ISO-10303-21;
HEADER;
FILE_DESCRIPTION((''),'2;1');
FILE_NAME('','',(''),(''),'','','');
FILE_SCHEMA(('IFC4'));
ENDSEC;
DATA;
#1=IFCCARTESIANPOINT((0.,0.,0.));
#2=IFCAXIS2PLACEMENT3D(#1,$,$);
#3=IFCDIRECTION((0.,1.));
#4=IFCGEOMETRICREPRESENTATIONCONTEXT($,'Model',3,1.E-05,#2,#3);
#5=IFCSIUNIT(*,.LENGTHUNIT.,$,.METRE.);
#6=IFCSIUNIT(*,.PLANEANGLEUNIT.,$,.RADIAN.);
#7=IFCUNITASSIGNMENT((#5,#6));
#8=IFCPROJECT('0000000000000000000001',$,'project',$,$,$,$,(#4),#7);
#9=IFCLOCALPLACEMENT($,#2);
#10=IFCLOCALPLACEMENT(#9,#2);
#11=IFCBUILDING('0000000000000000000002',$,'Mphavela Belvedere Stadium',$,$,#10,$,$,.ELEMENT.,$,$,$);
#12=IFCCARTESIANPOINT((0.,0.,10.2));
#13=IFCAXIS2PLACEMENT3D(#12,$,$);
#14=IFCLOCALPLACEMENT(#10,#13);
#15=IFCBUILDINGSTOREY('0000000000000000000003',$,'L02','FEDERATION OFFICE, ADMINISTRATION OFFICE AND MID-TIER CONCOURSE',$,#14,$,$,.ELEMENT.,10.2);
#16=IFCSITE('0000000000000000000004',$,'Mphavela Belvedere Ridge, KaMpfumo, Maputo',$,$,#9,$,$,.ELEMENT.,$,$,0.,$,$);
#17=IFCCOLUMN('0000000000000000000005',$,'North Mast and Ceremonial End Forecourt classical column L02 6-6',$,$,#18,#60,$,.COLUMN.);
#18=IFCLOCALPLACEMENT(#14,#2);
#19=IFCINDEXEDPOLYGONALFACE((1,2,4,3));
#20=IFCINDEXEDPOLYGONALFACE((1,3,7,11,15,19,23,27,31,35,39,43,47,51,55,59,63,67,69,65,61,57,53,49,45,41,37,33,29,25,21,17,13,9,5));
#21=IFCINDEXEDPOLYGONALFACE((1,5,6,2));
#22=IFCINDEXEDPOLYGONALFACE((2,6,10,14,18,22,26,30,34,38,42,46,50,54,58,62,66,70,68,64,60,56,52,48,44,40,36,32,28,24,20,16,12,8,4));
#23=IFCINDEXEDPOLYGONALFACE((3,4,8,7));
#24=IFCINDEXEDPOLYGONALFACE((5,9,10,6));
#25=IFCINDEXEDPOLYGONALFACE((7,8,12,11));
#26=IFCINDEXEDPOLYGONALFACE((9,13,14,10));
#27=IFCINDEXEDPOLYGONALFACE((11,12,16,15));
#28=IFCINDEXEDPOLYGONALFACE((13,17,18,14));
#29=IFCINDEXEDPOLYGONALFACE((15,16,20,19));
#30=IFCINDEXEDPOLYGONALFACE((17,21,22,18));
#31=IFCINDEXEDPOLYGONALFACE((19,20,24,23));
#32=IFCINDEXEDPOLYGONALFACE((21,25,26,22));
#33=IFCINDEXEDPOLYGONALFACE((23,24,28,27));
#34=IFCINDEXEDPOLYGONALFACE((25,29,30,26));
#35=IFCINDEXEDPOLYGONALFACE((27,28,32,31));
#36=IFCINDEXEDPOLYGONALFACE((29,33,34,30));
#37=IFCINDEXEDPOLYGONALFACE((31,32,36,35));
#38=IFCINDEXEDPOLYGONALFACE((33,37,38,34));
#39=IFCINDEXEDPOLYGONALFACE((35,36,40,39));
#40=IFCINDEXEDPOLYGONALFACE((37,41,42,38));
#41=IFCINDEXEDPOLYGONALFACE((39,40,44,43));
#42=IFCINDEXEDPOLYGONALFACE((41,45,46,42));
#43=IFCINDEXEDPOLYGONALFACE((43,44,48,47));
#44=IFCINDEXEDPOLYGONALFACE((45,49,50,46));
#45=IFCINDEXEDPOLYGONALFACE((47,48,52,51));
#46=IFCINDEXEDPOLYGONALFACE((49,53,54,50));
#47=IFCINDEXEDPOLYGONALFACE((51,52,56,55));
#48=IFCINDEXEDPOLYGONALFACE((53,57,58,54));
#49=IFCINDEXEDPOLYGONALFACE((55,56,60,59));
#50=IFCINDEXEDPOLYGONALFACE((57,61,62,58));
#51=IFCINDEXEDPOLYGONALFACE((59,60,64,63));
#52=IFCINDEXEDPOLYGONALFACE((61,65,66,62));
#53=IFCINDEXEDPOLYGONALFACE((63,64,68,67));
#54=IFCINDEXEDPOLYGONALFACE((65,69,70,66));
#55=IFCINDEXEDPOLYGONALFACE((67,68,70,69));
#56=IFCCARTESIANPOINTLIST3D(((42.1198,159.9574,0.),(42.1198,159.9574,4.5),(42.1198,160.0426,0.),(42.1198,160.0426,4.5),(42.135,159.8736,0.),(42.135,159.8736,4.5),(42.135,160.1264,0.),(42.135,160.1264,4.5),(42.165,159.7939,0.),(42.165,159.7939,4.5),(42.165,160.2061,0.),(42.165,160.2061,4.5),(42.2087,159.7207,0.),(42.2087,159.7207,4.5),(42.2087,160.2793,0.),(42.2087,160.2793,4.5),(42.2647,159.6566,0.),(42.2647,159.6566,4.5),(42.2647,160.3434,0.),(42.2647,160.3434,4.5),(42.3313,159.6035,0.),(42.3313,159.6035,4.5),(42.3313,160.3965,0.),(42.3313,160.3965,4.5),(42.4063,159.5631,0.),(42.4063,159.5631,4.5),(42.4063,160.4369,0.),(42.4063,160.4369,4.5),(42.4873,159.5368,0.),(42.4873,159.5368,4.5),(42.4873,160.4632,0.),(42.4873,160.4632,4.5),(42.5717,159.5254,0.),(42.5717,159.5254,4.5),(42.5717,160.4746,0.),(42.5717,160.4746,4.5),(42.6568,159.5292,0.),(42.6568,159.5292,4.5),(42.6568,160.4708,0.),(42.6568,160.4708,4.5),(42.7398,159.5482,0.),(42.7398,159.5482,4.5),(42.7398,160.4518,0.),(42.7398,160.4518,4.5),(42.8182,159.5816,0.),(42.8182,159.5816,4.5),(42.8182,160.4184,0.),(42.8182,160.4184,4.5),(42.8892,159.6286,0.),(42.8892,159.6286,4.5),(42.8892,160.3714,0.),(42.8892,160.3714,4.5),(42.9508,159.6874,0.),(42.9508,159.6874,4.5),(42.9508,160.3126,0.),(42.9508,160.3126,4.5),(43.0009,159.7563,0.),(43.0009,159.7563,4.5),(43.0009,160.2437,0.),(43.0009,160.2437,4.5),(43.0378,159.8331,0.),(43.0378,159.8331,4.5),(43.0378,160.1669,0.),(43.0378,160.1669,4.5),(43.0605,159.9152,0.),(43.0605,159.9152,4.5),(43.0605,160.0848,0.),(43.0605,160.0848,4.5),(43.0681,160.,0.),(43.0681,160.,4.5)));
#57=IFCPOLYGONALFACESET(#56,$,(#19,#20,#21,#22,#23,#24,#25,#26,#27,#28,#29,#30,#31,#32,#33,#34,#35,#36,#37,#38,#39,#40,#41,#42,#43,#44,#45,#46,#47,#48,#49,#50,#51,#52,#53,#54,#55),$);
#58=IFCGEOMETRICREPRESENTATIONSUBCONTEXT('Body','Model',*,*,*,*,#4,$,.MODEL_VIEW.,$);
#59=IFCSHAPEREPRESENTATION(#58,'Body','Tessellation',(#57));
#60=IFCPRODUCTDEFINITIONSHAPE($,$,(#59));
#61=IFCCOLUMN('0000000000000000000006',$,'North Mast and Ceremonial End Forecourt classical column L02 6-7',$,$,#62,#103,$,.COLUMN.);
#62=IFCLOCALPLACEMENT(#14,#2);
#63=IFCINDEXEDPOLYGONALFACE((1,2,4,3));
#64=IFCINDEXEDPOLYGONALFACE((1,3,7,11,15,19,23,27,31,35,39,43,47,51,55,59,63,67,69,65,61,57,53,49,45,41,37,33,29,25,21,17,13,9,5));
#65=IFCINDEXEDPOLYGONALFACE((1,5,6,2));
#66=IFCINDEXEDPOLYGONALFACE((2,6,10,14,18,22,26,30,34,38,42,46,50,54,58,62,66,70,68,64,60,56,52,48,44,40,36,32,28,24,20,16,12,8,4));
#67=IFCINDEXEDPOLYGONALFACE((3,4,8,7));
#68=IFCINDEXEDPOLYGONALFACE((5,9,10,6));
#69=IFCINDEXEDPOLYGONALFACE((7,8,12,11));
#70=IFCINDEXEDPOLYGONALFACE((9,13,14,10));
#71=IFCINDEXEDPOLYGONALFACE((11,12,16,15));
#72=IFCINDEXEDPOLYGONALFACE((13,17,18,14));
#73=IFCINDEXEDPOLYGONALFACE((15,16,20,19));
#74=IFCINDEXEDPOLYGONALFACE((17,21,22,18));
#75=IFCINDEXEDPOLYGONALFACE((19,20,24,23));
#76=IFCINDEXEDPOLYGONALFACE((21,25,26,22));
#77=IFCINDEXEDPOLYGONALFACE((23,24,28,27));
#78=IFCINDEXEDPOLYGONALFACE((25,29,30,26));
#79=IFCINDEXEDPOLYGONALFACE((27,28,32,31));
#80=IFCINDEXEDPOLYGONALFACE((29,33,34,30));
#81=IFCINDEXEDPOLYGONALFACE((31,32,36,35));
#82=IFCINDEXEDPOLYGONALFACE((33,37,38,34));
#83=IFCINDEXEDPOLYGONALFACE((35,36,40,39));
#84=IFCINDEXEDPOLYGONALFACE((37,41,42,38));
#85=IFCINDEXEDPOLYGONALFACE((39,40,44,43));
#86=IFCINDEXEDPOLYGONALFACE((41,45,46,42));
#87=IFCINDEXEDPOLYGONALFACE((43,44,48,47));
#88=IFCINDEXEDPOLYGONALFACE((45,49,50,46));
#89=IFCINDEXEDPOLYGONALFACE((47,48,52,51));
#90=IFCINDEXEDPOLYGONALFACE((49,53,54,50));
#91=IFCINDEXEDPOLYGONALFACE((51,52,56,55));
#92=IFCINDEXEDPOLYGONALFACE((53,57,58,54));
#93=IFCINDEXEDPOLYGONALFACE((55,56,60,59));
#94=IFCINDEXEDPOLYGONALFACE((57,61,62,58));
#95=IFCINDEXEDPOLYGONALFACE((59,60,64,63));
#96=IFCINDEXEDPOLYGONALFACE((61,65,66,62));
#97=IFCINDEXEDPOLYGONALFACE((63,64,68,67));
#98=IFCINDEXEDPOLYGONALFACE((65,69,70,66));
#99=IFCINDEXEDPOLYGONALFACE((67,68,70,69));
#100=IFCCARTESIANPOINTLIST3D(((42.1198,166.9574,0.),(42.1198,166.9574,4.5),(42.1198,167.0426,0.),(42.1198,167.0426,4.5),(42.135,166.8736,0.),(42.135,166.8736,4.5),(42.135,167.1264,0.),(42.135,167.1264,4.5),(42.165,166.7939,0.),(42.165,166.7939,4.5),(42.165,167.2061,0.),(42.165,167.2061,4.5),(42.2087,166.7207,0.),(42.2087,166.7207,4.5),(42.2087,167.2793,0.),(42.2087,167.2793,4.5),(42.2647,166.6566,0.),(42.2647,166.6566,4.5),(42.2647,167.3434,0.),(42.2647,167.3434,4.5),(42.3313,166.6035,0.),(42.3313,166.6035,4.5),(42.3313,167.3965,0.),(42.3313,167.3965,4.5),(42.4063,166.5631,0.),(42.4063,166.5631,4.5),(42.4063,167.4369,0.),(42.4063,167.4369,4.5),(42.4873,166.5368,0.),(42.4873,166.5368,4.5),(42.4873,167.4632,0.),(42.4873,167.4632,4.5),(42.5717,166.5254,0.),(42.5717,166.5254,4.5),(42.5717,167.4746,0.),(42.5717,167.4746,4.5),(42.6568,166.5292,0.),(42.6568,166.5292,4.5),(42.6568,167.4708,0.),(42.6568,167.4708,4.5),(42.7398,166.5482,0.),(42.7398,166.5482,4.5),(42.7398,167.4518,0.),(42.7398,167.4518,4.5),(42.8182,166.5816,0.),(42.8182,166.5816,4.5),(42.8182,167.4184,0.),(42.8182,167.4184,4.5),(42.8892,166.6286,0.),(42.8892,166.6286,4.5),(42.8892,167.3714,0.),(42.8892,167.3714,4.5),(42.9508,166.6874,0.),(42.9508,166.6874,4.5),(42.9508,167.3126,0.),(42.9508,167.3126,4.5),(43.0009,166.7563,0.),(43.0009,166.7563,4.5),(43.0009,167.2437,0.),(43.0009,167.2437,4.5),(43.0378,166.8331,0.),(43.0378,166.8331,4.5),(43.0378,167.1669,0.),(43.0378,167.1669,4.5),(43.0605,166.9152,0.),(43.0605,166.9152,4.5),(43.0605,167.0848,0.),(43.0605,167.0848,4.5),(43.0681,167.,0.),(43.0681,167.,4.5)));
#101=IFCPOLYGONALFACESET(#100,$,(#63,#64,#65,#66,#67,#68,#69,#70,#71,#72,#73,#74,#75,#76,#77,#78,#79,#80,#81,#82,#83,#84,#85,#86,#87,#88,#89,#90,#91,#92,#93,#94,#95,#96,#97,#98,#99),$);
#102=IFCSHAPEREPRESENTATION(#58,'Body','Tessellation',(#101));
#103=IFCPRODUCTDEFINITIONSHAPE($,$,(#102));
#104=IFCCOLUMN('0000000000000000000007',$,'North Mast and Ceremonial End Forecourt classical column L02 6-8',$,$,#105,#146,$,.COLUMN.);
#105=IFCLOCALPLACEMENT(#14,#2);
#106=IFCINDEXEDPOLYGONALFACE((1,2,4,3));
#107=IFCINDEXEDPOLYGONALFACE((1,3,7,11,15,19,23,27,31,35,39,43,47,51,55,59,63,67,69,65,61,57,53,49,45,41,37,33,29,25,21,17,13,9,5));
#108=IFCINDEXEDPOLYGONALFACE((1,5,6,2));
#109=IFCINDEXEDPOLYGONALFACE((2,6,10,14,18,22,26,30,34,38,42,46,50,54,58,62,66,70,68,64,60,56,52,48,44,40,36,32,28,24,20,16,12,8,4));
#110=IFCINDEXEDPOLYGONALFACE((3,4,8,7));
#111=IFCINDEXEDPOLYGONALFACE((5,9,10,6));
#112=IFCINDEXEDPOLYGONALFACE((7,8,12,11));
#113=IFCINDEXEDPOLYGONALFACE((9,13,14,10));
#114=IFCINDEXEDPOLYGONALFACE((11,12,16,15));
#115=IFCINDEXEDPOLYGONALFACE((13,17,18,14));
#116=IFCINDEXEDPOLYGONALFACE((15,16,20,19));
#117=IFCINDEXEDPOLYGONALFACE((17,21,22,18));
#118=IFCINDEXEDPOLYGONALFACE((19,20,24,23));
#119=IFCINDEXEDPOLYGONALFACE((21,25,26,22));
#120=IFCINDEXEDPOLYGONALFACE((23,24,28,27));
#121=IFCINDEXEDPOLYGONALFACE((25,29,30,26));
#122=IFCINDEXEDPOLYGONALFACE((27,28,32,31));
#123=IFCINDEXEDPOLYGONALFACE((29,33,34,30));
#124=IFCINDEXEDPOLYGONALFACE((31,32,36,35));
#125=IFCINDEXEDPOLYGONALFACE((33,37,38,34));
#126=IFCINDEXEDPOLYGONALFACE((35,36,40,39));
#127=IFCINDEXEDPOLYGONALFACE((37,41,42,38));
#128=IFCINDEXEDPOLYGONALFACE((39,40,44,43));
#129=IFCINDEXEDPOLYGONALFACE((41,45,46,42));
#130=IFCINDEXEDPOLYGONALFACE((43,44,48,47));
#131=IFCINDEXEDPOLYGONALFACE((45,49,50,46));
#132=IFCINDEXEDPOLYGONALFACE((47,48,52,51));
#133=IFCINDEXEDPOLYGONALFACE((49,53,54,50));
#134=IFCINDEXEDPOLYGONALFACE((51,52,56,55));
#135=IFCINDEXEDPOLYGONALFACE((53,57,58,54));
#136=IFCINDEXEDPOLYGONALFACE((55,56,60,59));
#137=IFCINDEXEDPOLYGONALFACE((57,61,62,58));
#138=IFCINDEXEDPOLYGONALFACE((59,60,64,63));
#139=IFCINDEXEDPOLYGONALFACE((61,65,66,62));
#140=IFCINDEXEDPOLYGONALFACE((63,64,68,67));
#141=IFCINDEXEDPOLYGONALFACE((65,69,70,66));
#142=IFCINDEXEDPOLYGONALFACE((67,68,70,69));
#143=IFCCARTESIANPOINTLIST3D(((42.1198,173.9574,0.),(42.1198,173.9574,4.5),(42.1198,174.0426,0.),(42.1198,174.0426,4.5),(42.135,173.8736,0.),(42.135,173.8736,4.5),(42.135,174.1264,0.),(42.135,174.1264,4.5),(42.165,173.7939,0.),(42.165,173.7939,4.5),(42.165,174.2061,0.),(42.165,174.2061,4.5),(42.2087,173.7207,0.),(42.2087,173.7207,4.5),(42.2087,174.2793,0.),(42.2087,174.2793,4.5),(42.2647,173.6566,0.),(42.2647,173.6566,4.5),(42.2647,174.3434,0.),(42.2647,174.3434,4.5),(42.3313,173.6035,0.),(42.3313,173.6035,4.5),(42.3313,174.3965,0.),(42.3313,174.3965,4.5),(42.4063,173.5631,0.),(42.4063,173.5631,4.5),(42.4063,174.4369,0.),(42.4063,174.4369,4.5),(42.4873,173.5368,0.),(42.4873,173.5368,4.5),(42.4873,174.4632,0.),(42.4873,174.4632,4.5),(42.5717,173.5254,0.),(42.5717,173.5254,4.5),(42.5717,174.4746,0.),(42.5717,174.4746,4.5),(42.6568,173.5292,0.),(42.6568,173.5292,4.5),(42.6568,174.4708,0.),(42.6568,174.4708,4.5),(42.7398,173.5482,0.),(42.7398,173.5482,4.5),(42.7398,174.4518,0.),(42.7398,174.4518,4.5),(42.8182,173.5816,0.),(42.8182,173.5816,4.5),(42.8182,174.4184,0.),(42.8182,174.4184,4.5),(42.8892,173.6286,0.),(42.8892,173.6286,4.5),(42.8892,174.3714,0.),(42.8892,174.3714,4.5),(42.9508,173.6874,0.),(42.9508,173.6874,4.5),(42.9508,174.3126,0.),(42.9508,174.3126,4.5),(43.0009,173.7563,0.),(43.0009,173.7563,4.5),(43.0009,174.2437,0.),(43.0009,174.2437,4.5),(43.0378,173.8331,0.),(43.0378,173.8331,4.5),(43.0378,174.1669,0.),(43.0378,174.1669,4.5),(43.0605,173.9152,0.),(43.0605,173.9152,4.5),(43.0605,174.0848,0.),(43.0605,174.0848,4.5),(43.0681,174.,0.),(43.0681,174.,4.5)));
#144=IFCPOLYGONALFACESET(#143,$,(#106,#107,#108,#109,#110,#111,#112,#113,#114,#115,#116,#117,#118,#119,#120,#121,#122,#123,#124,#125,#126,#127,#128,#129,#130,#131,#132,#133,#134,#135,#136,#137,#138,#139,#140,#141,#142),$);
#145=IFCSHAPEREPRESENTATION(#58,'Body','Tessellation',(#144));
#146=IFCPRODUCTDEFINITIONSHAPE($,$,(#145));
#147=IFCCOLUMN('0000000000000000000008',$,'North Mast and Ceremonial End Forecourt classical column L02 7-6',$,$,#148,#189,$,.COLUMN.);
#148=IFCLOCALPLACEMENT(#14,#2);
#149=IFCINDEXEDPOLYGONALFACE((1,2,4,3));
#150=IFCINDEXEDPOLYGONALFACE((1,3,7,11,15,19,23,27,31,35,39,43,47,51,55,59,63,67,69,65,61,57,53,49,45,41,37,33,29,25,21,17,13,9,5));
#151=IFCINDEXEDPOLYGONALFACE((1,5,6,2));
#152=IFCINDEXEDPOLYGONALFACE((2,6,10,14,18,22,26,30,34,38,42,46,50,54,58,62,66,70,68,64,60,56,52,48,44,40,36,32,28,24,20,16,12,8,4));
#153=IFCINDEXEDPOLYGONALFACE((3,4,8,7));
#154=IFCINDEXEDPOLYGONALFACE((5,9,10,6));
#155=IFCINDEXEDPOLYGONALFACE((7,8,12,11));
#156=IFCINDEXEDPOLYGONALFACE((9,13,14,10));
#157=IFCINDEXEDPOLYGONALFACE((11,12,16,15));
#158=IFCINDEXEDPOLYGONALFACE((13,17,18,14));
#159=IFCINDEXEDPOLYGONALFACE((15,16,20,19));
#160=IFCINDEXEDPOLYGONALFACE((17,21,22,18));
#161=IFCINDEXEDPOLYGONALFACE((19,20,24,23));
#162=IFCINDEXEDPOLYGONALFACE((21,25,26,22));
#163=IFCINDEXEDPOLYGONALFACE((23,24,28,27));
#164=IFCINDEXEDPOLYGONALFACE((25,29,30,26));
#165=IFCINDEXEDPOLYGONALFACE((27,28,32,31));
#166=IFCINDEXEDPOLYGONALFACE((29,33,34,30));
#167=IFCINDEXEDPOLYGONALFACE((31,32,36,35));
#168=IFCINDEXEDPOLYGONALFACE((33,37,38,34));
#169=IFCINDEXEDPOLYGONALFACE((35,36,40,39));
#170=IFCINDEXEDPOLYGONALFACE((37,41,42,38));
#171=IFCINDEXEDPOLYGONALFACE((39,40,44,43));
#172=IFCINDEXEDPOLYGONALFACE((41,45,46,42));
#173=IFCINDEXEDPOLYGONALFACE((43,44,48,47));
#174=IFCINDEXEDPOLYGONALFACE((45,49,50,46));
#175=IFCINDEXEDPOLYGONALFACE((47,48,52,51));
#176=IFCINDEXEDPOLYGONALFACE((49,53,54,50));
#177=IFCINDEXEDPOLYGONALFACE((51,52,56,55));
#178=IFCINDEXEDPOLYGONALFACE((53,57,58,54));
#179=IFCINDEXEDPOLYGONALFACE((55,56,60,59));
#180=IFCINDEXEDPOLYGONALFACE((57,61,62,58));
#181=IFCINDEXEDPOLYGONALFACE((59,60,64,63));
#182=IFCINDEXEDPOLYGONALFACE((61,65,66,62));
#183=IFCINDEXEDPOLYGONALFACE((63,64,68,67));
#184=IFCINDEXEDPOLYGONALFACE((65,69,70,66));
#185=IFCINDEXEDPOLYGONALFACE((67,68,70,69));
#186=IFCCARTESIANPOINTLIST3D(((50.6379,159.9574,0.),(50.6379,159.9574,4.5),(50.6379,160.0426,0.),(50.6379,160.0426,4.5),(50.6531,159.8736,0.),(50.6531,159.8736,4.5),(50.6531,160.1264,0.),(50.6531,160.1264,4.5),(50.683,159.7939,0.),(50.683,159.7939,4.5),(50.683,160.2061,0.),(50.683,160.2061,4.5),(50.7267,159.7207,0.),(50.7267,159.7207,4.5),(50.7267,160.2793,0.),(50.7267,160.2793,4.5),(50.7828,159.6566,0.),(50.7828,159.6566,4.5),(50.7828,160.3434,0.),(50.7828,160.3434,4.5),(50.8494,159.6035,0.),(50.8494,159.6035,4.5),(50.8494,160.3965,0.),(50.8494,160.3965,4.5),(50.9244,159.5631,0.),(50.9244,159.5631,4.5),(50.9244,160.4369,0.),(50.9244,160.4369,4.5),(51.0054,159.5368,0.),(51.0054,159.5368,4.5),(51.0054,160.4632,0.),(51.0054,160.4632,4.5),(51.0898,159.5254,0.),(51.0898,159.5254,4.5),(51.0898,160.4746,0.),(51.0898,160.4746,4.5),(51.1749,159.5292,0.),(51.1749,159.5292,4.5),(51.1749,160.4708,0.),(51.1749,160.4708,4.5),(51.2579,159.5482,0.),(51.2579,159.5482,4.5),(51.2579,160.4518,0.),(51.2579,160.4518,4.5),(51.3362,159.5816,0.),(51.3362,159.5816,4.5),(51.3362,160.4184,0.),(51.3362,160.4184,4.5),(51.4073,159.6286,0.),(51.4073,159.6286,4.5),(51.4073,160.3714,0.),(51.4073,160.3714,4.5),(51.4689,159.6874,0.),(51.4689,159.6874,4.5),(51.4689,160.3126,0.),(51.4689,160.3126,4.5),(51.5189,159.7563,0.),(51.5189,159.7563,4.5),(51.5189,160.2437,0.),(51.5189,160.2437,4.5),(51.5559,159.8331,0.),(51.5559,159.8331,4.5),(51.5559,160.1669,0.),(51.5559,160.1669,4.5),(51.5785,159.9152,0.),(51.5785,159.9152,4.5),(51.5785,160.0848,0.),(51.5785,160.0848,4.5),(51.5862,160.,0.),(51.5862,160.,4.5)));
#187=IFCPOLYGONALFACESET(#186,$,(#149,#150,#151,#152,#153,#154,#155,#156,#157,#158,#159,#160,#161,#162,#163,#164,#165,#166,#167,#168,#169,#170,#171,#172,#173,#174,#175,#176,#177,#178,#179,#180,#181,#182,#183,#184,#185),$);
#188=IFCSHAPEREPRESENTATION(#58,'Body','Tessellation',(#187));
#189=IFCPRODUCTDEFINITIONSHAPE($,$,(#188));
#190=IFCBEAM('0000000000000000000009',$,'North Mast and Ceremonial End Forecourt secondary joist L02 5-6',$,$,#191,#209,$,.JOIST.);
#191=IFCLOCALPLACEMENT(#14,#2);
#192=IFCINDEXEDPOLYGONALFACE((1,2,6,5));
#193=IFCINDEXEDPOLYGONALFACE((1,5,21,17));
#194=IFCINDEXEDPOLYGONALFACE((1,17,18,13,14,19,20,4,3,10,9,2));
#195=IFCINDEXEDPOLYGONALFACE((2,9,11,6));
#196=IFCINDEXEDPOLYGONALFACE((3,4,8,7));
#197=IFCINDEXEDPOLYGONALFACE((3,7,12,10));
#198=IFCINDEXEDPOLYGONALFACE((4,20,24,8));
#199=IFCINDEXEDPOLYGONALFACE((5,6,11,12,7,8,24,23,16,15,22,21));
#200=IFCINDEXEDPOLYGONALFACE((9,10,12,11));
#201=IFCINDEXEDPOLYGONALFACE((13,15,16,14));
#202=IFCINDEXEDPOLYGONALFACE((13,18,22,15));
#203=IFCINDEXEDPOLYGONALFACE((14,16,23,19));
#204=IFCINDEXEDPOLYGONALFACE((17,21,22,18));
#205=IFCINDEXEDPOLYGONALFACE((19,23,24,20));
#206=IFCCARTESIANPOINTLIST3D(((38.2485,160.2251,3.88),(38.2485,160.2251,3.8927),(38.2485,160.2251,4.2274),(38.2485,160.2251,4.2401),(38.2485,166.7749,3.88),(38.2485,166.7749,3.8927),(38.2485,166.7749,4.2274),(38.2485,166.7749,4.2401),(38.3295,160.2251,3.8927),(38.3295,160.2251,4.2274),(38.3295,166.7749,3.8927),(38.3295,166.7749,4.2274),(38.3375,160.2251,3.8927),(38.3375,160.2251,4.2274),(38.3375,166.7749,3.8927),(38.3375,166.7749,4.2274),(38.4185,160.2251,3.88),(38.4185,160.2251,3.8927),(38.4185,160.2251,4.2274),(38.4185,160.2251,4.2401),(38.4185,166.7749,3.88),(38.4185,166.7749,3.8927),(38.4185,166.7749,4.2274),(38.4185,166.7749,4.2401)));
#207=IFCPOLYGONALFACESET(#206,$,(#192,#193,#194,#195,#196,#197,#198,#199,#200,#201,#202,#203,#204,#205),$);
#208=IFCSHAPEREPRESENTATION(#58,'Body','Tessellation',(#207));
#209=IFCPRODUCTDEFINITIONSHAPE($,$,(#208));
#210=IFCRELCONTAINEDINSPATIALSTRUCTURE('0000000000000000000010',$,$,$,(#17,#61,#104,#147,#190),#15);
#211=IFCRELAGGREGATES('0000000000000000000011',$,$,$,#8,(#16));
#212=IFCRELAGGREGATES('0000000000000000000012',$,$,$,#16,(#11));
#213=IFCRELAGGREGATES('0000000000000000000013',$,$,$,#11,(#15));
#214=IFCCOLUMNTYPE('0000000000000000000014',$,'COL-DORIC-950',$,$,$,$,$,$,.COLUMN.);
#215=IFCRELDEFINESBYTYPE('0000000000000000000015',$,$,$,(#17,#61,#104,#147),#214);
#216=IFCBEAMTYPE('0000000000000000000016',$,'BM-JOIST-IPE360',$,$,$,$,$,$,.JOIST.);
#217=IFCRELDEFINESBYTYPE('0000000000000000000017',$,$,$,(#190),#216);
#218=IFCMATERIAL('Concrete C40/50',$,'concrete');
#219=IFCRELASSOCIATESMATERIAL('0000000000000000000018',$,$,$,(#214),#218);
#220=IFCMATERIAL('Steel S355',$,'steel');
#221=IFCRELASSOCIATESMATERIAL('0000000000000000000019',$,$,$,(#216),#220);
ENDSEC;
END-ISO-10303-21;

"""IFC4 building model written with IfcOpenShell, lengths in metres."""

from ifc_helpers import new_model, si_unit, direction, frame, origin, origin_2d, place, context, subcontext, project, spatial, circle, i_section, extrude, material, material_profile, profile_set, type_object, element, save


model = new_model("IFC4")

# Units and contexts
model_context = context("Model", 3, precision=1e-05, world=origin(), true_north=direction((0.0, 1.0)))
body_context = subcontext(model_context, "Body", "Model", "MODEL_VIEW")
ifc_project = project(units=[si_unit("LENGTHUNIT", "METRE"), si_unit("PLANEANGLEUNIT", "RADIAN")], contexts=[model_context])

# Site, building, storey
site_placement = place(None, origin())
site = spatial("IfcSite", under=ifc_project, at=site_placement, Name="Mphavela Belvedere Ridge, KaMpfumo, Maputo", CompositionType="ELEMENT", RefElevation=0.0)
building_placement = place(site_placement, origin())
building = spatial("IfcBuilding", under=site, at=building_placement, Name="Mphavela Belvedere Stadium", CompositionType="ELEMENT")
storey_placement = place(building_placement, frame((0.0, 0.0, 10.2)))
storey = spatial("IfcBuildingStorey", under=building, at=storey_placement, Name="L02", Description="FEDERATION OFFICE, ADMINISTRATION OFFICE AND MID-TIER CONCOURSE", CompositionType="ELEMENT", Elevation=10.2)

# Columns
ifc_material_1 = material(Name="Concrete C40/50", Category="concrete")
ifc_material_profile_1 = material_profile(ifc_material_1, circle(Radius=0.4751, at=origin_2d()), Name="COL D950")
ifc_profile_set_1 = profile_set([ifc_material_profile_1], Name="Concrete C40/50")
column_type = type_object("IfcColumnType", Name="COL-DORIC-950", PredefinedType="COLUMN", material=ifc_profile_set_1)
for number, where, z_axis, x_axis, name in (
    (1, (42.593, 160.0, 0.0), (0.0, 0.0, 1.0), (1.0, 0.0, 0.0), "North Mast and Ceremonial End Forecourt classical column L02 6-6"),
    (2, (42.593, 167.0, 0.0), (0.0, 0.0, 1.0), (1.0, 0.0, 0.0), "North Mast and Ceremonial End Forecourt classical column L02 6-7"),
    (3, (42.593, 174.0, 0.0), (0.0, 0.0, 1.0), (1.0, 0.0, 0.0), "North Mast and Ceremonial End Forecourt classical column L02 6-8"),
    (4, (51.1111, 160.0, 0.0), (0.0, 0.0, 1.0), (1.0, 0.0, 0.0), "North Mast and Ceremonial End Forecourt classical column L02 7-6"),
):
    element("IfcColumn", number, at=place(storey_placement, frame(where, z_axis=z_axis, x_axis=x_axis)), inside=storey, type_object=column_type, Name=name, PredefinedType="COLUMN", context=body_context, shape_type="SweptSolid", body=[
        extrude(circle(Radius=0.4751, at=origin_2d()), origin(), (0.0, 0.0, 1.0), 4.5),
    ])

# Beam
ifc_material_2 = material(Name="Steel S355", Category="steel")
ifc_material_profile_2 = material_profile(ifc_material_2, i_section(OverallWidth=0.1699, OverallDepth=0.3601, WebThickness=0.0081, FlangeThickness=0.0127, at=origin_2d()), Name="IPE 360")
ifc_profile_set_2 = profile_set([ifc_material_profile_2], Name="Steel S355")
beam_type_1 = type_object("IfcBeamType", Name="BM-JOIST-IPE360", PredefinedType="JOIST", material=ifc_profile_set_2)
for number, where, z_axis, x_axis, name in (
    (5, (38.3335, 160.2251, 4.0601), (0.0, 1.0, 0.0), (-1.0, 0.0, 0.0), "North Mast and Ceremonial End Forecourt secondary joist L02 5-6"),
):
    element("IfcBeam", number, at=place(storey_placement, frame(where, z_axis=z_axis, x_axis=x_axis)), inside=storey, type_object=beam_type_1, Name=name, PredefinedType="JOIST", context=body_context, shape_type="SweptSolid", body=[
        extrude(i_section(OverallWidth=0.1699, OverallDepth=0.3601, WebThickness=0.0081, FlangeThickness=0.0127, at=origin_2d()), origin(), (0.0, 0.0, 1.0), 6.5498),
    ])

save(model, "model.ifc")
